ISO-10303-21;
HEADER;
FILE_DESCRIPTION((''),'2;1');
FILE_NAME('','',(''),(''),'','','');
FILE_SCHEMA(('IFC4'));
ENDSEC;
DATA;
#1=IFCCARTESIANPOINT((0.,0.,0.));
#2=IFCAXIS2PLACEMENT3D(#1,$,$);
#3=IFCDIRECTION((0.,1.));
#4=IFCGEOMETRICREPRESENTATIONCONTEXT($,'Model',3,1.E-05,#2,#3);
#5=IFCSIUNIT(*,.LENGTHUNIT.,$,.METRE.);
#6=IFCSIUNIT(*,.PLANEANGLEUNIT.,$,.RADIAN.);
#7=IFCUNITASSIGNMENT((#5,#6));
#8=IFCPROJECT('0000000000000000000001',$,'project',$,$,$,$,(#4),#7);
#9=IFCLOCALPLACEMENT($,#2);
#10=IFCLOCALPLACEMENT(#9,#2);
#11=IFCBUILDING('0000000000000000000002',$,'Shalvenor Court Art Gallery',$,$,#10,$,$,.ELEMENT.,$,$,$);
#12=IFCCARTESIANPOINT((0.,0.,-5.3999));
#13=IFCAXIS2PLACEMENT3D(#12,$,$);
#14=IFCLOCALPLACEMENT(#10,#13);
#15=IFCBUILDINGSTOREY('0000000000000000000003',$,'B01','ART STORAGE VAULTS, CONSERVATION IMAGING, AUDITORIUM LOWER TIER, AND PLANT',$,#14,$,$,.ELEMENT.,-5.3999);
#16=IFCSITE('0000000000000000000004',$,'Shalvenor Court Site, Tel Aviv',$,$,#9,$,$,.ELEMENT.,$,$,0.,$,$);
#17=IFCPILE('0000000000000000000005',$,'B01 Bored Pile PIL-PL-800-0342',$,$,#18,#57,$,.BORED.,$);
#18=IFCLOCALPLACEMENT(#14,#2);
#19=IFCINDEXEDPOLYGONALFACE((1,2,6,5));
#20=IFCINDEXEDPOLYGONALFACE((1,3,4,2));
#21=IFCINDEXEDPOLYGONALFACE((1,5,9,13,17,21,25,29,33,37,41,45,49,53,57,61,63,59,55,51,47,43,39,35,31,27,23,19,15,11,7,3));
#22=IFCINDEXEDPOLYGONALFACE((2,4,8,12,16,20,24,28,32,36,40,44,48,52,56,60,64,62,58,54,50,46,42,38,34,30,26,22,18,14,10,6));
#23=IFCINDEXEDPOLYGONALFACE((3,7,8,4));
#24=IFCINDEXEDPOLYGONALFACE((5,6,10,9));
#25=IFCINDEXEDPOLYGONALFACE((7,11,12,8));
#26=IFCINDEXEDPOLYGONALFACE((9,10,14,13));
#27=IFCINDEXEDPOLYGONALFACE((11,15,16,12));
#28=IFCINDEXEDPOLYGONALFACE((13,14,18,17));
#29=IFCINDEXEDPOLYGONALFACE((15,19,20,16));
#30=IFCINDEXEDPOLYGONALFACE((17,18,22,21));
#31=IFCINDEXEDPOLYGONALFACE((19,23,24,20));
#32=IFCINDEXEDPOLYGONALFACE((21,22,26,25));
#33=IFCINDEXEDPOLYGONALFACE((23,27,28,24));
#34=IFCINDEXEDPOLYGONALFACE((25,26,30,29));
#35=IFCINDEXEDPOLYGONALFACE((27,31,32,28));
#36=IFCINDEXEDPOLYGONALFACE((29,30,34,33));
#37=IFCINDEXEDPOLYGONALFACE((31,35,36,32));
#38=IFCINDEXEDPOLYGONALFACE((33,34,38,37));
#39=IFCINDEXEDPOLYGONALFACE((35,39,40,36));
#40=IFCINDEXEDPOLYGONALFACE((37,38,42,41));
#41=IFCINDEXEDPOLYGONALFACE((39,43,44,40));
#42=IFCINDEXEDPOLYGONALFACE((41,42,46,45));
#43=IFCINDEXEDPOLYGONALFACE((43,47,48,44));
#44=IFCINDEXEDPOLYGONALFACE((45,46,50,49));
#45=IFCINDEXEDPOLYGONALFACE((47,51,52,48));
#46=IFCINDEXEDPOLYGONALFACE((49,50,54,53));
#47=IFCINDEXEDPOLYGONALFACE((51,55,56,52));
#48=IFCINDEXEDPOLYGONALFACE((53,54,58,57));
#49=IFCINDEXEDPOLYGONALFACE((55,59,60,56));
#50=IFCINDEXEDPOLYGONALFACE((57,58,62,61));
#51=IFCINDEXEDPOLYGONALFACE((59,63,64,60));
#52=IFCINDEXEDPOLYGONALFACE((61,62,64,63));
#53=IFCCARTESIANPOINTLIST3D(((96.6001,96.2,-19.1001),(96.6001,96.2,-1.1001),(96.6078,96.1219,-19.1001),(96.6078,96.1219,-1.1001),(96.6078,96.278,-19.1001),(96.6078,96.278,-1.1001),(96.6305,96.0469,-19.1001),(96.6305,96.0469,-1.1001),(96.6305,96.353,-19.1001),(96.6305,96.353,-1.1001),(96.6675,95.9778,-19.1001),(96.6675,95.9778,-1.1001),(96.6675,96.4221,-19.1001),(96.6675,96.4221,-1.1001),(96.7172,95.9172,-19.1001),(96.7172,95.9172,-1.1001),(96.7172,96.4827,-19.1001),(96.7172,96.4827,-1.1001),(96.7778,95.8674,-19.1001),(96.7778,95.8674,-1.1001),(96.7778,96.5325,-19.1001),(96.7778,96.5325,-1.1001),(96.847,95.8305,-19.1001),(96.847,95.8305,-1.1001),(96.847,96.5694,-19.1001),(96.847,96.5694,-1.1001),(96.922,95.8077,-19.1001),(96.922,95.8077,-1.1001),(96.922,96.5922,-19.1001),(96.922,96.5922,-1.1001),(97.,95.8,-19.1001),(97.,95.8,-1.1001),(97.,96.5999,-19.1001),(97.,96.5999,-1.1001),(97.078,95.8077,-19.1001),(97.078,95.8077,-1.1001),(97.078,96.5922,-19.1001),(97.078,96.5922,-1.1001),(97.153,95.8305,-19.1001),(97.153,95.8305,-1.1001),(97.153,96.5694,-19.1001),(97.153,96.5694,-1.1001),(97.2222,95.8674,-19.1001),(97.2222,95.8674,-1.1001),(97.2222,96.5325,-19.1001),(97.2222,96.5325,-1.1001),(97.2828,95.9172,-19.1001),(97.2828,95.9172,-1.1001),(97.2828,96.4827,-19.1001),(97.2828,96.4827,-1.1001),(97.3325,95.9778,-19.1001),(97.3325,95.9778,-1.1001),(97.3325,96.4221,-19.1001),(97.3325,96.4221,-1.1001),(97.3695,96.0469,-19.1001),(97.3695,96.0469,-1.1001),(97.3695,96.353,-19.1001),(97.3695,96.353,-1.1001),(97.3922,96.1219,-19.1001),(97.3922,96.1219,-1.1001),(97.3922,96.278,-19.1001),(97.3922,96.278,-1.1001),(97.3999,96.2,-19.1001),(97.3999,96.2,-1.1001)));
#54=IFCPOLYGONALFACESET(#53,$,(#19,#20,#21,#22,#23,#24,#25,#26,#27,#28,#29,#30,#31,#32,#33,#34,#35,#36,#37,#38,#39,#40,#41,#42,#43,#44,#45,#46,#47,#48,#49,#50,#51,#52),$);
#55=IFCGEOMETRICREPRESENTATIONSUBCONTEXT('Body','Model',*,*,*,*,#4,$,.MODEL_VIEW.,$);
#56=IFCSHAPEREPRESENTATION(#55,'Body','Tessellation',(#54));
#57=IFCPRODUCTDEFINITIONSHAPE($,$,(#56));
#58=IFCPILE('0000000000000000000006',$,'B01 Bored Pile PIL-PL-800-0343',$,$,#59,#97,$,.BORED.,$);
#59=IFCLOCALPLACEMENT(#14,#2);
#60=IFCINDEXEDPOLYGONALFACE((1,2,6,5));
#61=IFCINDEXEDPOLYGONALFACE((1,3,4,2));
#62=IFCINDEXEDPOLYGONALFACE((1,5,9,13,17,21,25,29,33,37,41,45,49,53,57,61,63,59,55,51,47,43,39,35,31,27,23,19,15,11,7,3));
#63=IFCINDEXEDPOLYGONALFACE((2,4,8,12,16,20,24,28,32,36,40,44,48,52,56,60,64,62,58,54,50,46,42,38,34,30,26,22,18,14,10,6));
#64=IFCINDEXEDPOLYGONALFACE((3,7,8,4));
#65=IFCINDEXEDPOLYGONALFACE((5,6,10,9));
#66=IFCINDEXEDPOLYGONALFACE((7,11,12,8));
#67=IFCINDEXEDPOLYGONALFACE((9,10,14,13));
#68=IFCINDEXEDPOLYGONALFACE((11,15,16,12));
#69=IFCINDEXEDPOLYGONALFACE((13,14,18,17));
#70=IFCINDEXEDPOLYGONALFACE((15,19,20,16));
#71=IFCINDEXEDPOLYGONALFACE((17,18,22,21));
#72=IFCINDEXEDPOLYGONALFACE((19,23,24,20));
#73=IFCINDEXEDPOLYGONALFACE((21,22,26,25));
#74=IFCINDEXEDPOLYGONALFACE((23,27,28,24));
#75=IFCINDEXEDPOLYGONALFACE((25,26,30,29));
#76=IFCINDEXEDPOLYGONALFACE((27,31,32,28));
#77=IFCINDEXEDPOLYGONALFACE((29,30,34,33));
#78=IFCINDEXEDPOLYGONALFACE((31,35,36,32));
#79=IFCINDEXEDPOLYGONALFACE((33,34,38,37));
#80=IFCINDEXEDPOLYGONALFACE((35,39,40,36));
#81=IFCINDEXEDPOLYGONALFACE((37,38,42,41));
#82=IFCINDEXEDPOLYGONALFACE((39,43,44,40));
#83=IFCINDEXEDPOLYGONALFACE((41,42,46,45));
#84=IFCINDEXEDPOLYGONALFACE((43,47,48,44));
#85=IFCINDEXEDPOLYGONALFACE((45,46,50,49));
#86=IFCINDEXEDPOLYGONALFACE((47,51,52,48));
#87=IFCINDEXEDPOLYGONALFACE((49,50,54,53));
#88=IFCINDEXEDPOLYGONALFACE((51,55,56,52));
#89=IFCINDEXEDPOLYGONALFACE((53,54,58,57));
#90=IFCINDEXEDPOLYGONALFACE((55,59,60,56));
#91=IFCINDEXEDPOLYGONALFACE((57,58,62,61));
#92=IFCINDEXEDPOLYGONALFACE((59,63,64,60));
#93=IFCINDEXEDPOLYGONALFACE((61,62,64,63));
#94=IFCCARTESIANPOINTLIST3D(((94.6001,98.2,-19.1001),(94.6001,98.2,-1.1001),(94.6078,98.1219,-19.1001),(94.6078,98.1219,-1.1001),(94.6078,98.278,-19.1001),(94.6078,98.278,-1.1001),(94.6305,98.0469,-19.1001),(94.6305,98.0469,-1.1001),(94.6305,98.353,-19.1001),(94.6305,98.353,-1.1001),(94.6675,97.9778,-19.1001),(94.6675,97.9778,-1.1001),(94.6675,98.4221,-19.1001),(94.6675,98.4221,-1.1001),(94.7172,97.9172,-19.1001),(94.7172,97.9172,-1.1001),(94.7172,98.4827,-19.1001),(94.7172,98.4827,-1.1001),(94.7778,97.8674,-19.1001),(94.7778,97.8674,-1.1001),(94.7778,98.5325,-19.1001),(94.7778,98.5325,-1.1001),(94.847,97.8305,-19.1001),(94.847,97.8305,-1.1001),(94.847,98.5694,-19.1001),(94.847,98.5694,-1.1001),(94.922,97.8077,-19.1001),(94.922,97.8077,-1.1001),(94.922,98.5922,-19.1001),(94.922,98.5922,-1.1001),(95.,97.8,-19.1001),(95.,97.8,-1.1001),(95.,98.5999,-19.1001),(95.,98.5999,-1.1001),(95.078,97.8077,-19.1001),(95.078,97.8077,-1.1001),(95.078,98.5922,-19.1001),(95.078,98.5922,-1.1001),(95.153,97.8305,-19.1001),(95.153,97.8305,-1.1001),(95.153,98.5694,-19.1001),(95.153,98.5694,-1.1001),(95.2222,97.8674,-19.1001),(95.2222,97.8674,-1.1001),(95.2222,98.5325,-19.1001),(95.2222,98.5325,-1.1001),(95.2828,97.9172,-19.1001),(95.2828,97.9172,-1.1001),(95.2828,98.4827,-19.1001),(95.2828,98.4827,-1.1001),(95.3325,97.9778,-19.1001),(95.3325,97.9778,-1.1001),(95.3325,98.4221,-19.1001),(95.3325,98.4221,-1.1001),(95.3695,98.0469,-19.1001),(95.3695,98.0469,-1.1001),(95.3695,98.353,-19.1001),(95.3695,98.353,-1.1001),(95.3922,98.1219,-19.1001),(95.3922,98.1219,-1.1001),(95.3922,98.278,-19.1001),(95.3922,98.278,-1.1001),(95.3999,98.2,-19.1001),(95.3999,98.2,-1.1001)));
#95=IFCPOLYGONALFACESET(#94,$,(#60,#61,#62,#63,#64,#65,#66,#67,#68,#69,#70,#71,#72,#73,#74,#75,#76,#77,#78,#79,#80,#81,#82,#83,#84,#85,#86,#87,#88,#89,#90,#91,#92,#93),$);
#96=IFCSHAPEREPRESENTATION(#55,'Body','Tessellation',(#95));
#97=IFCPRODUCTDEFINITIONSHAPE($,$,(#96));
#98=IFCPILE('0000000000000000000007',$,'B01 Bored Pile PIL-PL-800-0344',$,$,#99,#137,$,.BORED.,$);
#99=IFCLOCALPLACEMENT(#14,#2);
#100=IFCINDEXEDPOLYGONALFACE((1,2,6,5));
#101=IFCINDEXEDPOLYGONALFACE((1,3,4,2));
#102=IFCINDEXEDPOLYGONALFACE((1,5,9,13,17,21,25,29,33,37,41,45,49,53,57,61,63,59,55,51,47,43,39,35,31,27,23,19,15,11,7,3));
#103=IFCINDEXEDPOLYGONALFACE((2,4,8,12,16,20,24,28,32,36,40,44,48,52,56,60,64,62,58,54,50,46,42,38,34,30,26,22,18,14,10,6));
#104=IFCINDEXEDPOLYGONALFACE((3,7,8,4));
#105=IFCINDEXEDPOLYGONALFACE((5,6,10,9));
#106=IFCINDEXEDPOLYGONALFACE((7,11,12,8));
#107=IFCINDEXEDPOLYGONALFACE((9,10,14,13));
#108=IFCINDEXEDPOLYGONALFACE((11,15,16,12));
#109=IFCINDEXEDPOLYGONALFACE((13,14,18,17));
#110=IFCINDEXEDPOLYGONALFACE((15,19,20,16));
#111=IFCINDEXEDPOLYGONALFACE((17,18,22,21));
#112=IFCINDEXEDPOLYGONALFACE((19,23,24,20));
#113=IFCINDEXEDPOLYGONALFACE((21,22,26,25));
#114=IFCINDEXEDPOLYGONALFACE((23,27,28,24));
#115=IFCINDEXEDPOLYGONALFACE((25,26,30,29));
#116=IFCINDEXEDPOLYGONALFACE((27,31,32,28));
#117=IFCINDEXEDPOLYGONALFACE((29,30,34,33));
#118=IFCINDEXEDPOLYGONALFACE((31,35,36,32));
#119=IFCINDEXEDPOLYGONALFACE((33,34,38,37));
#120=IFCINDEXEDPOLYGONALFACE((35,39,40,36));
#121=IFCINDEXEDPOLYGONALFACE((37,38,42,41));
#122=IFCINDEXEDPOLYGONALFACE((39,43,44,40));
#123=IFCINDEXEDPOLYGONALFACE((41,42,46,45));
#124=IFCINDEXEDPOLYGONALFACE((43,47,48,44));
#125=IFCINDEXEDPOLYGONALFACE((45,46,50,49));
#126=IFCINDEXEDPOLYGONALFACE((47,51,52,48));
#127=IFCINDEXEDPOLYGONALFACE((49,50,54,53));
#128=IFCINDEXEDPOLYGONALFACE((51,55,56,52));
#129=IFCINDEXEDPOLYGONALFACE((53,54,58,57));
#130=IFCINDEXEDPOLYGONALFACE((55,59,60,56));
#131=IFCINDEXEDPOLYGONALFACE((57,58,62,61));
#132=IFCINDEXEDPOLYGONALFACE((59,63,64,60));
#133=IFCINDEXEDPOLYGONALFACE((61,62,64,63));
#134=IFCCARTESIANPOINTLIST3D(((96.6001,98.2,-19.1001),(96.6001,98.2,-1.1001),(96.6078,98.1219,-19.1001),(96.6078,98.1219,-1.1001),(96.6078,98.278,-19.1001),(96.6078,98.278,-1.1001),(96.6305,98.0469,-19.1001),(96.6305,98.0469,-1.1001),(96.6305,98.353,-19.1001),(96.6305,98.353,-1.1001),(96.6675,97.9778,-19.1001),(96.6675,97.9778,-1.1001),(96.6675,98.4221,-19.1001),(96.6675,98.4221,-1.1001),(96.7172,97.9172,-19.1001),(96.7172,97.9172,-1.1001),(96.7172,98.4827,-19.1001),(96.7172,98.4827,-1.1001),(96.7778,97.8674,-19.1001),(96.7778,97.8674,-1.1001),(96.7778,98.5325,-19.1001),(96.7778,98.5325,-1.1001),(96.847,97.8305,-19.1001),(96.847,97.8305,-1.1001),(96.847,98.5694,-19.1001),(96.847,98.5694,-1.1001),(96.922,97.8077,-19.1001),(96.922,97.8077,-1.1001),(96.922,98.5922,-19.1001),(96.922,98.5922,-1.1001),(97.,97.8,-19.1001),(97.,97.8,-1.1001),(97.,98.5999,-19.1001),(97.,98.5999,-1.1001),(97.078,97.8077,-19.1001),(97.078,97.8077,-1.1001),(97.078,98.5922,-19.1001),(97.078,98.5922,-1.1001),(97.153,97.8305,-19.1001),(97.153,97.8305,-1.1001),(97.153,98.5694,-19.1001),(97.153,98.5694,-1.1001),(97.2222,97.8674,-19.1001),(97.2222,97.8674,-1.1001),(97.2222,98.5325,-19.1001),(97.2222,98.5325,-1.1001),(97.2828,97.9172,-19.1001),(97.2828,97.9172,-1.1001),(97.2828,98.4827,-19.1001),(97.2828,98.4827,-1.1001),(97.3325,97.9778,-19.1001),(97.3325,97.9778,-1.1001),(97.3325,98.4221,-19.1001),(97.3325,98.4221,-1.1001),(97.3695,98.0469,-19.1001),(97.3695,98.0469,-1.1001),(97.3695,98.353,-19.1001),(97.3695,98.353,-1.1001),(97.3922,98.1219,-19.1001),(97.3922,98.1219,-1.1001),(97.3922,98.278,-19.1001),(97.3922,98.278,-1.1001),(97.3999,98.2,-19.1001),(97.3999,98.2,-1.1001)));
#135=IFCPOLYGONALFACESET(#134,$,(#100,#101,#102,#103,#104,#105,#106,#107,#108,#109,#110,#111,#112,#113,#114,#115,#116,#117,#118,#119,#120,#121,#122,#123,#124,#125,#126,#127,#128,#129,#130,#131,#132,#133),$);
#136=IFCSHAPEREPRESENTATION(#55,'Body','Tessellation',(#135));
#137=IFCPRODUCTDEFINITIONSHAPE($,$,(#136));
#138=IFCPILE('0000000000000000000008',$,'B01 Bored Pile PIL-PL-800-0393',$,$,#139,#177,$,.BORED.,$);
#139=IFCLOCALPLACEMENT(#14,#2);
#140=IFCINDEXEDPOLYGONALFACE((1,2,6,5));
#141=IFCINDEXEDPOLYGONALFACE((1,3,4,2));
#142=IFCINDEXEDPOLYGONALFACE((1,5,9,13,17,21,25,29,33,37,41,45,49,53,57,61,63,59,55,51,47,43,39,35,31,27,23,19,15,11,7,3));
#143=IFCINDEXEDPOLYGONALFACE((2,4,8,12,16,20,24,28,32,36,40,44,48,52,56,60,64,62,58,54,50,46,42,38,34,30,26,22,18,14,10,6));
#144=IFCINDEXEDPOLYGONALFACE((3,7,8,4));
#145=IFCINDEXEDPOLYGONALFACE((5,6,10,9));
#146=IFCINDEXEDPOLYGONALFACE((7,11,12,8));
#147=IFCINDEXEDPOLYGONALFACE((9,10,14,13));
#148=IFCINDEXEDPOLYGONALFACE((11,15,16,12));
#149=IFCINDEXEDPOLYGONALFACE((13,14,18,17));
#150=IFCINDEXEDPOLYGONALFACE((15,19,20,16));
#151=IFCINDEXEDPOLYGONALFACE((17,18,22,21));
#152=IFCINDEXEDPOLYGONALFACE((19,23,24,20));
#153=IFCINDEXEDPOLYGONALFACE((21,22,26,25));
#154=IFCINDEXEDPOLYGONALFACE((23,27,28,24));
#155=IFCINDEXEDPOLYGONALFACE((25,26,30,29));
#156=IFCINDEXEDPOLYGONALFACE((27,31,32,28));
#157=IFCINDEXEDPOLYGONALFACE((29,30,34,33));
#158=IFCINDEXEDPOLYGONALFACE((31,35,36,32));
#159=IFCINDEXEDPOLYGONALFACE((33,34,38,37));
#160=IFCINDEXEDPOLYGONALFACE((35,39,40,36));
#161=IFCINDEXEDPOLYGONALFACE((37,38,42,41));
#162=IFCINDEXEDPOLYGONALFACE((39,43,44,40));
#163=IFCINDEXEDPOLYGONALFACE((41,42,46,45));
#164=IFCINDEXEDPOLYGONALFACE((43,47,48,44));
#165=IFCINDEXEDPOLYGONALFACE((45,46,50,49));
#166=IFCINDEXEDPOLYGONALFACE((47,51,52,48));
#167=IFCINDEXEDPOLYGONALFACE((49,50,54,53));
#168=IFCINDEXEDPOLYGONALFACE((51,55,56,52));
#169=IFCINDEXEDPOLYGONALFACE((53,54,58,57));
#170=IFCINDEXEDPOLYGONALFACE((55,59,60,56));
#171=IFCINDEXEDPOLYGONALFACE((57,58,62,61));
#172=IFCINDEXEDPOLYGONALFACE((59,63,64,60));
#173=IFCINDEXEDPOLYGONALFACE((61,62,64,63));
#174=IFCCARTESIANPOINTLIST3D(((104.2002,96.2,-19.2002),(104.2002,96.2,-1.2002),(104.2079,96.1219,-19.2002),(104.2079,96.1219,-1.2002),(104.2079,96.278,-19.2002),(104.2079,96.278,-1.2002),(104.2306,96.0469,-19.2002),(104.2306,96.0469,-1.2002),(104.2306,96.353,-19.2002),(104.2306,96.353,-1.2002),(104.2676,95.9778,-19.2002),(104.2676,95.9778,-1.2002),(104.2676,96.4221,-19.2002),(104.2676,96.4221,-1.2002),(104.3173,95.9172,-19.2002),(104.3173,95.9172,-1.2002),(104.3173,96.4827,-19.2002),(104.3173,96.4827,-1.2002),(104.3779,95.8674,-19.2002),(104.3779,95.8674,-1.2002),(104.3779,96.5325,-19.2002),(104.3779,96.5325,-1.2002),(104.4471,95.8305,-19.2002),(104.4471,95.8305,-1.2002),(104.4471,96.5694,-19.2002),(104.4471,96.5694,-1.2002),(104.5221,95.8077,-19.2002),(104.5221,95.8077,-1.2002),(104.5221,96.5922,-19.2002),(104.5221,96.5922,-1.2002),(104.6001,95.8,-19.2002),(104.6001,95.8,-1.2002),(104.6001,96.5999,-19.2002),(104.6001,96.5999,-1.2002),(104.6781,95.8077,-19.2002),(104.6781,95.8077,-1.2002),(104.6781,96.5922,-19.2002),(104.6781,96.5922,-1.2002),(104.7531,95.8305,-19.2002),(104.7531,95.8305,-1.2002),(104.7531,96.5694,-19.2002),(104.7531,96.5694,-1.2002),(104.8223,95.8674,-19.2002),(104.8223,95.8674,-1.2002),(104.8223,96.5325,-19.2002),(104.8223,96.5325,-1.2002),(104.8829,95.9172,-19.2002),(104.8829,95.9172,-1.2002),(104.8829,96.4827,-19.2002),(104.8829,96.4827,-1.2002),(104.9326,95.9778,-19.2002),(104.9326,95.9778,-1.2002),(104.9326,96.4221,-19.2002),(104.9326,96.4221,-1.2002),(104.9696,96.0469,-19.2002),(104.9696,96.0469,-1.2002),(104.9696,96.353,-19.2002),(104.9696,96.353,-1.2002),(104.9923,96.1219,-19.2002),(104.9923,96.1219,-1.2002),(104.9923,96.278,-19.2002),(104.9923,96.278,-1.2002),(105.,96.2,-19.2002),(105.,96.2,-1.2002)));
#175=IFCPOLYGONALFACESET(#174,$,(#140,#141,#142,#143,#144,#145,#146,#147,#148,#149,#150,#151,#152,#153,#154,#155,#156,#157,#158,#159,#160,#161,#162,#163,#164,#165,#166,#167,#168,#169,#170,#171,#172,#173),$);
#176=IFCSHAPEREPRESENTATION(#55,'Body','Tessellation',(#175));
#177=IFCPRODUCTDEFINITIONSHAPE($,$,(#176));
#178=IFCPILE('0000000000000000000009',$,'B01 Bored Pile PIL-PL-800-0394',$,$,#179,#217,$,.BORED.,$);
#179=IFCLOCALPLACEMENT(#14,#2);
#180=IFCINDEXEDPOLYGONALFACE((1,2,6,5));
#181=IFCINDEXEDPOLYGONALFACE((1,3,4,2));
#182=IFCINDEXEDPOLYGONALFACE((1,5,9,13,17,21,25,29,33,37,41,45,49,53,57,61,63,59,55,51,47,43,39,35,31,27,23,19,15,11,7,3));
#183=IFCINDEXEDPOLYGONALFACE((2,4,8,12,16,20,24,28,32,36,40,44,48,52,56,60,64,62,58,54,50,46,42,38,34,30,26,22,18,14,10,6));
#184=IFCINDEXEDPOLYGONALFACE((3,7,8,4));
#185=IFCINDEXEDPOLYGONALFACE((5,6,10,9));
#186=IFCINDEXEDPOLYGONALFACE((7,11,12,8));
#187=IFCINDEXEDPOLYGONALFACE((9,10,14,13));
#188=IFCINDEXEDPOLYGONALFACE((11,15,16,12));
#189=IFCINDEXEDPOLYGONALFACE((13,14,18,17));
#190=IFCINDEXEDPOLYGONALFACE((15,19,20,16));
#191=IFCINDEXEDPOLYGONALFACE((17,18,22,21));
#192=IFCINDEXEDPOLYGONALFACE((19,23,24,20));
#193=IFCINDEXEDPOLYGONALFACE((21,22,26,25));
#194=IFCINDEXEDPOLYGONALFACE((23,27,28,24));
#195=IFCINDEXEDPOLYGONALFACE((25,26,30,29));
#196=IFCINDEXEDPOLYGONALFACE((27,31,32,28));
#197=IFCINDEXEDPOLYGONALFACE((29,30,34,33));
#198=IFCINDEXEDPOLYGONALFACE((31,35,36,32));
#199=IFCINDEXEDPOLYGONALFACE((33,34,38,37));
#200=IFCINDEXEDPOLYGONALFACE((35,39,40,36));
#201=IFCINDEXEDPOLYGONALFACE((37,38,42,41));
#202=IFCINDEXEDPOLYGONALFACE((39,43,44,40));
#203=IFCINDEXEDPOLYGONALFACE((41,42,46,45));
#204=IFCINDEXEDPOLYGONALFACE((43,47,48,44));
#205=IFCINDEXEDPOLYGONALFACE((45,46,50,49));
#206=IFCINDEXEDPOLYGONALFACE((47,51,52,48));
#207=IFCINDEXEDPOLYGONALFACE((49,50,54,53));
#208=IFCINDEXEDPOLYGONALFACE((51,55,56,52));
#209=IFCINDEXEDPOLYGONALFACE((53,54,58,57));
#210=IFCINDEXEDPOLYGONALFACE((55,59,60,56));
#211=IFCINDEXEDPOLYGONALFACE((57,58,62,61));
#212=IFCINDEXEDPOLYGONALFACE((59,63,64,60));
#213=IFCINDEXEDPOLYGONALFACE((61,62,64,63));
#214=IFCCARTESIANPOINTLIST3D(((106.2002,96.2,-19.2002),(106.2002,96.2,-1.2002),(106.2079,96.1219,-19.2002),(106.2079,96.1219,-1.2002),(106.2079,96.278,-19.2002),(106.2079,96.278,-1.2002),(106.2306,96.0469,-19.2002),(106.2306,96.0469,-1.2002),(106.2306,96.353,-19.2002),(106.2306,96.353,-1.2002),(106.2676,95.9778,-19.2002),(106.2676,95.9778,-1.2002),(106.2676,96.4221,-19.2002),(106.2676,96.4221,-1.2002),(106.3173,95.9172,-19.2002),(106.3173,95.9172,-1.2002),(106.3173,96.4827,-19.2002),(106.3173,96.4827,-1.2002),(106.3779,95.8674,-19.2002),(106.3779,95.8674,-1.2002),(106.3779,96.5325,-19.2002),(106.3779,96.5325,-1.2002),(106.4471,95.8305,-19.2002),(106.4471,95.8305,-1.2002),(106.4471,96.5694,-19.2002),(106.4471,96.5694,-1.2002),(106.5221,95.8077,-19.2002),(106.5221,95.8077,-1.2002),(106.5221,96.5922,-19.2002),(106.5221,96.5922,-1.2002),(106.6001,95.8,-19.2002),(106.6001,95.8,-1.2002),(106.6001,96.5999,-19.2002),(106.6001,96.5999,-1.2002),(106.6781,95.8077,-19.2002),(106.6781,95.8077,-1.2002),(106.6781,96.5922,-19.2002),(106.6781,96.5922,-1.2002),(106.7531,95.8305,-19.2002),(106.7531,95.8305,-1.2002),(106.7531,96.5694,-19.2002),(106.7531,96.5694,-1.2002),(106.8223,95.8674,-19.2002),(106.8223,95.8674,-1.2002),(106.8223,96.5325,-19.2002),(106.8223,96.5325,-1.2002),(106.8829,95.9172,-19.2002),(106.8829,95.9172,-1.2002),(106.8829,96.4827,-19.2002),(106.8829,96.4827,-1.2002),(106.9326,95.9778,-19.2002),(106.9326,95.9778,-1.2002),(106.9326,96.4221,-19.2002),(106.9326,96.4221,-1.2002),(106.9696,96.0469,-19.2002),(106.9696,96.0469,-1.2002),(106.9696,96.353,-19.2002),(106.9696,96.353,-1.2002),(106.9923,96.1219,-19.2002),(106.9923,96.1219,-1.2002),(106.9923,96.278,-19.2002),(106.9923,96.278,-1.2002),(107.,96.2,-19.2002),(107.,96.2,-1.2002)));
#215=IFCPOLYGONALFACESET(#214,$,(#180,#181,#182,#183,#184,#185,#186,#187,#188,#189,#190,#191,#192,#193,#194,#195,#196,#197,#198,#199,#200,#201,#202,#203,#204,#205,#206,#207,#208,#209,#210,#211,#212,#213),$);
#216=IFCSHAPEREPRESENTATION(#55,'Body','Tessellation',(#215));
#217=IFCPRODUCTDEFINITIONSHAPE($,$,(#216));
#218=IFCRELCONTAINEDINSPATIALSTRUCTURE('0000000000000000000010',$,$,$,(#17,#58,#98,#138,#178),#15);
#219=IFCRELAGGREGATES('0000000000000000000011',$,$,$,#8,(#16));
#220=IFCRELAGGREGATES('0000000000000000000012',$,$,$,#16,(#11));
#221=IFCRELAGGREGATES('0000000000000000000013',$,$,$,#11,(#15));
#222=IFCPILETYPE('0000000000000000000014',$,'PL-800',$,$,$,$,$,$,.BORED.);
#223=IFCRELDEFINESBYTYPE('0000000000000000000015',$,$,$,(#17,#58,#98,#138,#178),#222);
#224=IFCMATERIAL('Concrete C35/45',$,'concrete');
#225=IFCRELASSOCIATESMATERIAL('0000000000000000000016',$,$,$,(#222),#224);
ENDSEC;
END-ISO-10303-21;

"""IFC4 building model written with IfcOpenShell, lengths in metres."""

from ifc_helpers import new_model, si_unit, direction, frame, origin, origin_2d, place, context, subcontext, project, spatial, circle, extrude, material, material_profile, profile_set, type_object, element, save


model = new_model("IFC4")

# Units and contexts
model_context = context("Model", 3, precision=1e-05, world=origin(), true_north=direction((0.0, 1.0)))
body_context = subcontext(model_context, "Body", "Model", "MODEL_VIEW")
ifc_project = project(units=[si_unit("LENGTHUNIT", "METRE"), si_unit("PLANEANGLEUNIT", "RADIAN")], contexts=[model_context])

# Site, building, storey
site_placement = place(None, origin())
site = spatial("IfcSite", under=ifc_project, at=site_placement, Name="Shalvenor Court Site, Tel Aviv", CompositionType="ELEMENT", RefElevation=0.0)
building_placement = place(site_placement, origin())
building = spatial("IfcBuilding", under=site, at=building_placement, Name="Shalvenor Court Art Gallery", CompositionType="ELEMENT")
storey_placement = place(building_placement, frame((0.0, 0.0, -5.3999)))
storey = spatial("IfcBuildingStorey", under=building, at=storey_placement, Name="B01", Description="ART STORAGE VAULTS, CONSERVATION IMAGING, AUDITORIUM LOWER TIER, AND PLANT", CompositionType="ELEMENT", Elevation=-5.3999)

# Piles
ifc_material_1 = material(Name="Concrete C35/45", Category="concrete")
ifc_material_profile_1 = material_profile(ifc_material_1, circle(Radius=0.3999, at=origin_2d()), Name="PILE 800")
ifc_profile_set_1 = profile_set([ifc_material_profile_1], Name="Concrete C35/45")
pile_type_1 = type_object("IfcPileType", Name="PL-800", PredefinedType="BORED", material=ifc_profile_set_1)
for number, where, z_axis, x_axis, name in (
    (1, (97.0, 96.2, -1.1001), (0.0, 0.0, -1.0), (1.0, 0.0, 0.0), "B01 Bored Pile PIL-PL-800-0342"),
    (2, (95.0, 98.2, -1.1001), (0.0, 0.0, -1.0), (1.0, 0.0, 0.0), "B01 Bored Pile PIL-PL-800-0343"),
    (3, (97.0, 98.2, -1.1001), (0.0, 0.0, -1.0), (1.0, 0.0, 0.0), "B01 Bored Pile PIL-PL-800-0344"),
    (4, (104.6001, 96.2, -1.2002), (0.0, 0.0, -1.0), (1.0, 0.0, 0.0), "B01 Bored Pile PIL-PL-800-0393"),
    (5, (106.6001, 96.2, -1.2002), (0.0, 0.0, -1.0), (1.0, 0.0, 0.0), "B01 Bored Pile PIL-PL-800-0394"),
):
    element("IfcPile", number, at=place(storey_placement, frame(where, z_axis=z_axis, x_axis=x_axis)), inside=storey, type_object=pile_type_1, Name=name, PredefinedType="BORED", context=body_context, shape_type="SweptSolid", body=[
        extrude(circle(Radius=0.3999, at=origin_2d()), origin(), (0.0, 0.0, 1.0), 18.0),
    ])

save(model, "model.ifc")
